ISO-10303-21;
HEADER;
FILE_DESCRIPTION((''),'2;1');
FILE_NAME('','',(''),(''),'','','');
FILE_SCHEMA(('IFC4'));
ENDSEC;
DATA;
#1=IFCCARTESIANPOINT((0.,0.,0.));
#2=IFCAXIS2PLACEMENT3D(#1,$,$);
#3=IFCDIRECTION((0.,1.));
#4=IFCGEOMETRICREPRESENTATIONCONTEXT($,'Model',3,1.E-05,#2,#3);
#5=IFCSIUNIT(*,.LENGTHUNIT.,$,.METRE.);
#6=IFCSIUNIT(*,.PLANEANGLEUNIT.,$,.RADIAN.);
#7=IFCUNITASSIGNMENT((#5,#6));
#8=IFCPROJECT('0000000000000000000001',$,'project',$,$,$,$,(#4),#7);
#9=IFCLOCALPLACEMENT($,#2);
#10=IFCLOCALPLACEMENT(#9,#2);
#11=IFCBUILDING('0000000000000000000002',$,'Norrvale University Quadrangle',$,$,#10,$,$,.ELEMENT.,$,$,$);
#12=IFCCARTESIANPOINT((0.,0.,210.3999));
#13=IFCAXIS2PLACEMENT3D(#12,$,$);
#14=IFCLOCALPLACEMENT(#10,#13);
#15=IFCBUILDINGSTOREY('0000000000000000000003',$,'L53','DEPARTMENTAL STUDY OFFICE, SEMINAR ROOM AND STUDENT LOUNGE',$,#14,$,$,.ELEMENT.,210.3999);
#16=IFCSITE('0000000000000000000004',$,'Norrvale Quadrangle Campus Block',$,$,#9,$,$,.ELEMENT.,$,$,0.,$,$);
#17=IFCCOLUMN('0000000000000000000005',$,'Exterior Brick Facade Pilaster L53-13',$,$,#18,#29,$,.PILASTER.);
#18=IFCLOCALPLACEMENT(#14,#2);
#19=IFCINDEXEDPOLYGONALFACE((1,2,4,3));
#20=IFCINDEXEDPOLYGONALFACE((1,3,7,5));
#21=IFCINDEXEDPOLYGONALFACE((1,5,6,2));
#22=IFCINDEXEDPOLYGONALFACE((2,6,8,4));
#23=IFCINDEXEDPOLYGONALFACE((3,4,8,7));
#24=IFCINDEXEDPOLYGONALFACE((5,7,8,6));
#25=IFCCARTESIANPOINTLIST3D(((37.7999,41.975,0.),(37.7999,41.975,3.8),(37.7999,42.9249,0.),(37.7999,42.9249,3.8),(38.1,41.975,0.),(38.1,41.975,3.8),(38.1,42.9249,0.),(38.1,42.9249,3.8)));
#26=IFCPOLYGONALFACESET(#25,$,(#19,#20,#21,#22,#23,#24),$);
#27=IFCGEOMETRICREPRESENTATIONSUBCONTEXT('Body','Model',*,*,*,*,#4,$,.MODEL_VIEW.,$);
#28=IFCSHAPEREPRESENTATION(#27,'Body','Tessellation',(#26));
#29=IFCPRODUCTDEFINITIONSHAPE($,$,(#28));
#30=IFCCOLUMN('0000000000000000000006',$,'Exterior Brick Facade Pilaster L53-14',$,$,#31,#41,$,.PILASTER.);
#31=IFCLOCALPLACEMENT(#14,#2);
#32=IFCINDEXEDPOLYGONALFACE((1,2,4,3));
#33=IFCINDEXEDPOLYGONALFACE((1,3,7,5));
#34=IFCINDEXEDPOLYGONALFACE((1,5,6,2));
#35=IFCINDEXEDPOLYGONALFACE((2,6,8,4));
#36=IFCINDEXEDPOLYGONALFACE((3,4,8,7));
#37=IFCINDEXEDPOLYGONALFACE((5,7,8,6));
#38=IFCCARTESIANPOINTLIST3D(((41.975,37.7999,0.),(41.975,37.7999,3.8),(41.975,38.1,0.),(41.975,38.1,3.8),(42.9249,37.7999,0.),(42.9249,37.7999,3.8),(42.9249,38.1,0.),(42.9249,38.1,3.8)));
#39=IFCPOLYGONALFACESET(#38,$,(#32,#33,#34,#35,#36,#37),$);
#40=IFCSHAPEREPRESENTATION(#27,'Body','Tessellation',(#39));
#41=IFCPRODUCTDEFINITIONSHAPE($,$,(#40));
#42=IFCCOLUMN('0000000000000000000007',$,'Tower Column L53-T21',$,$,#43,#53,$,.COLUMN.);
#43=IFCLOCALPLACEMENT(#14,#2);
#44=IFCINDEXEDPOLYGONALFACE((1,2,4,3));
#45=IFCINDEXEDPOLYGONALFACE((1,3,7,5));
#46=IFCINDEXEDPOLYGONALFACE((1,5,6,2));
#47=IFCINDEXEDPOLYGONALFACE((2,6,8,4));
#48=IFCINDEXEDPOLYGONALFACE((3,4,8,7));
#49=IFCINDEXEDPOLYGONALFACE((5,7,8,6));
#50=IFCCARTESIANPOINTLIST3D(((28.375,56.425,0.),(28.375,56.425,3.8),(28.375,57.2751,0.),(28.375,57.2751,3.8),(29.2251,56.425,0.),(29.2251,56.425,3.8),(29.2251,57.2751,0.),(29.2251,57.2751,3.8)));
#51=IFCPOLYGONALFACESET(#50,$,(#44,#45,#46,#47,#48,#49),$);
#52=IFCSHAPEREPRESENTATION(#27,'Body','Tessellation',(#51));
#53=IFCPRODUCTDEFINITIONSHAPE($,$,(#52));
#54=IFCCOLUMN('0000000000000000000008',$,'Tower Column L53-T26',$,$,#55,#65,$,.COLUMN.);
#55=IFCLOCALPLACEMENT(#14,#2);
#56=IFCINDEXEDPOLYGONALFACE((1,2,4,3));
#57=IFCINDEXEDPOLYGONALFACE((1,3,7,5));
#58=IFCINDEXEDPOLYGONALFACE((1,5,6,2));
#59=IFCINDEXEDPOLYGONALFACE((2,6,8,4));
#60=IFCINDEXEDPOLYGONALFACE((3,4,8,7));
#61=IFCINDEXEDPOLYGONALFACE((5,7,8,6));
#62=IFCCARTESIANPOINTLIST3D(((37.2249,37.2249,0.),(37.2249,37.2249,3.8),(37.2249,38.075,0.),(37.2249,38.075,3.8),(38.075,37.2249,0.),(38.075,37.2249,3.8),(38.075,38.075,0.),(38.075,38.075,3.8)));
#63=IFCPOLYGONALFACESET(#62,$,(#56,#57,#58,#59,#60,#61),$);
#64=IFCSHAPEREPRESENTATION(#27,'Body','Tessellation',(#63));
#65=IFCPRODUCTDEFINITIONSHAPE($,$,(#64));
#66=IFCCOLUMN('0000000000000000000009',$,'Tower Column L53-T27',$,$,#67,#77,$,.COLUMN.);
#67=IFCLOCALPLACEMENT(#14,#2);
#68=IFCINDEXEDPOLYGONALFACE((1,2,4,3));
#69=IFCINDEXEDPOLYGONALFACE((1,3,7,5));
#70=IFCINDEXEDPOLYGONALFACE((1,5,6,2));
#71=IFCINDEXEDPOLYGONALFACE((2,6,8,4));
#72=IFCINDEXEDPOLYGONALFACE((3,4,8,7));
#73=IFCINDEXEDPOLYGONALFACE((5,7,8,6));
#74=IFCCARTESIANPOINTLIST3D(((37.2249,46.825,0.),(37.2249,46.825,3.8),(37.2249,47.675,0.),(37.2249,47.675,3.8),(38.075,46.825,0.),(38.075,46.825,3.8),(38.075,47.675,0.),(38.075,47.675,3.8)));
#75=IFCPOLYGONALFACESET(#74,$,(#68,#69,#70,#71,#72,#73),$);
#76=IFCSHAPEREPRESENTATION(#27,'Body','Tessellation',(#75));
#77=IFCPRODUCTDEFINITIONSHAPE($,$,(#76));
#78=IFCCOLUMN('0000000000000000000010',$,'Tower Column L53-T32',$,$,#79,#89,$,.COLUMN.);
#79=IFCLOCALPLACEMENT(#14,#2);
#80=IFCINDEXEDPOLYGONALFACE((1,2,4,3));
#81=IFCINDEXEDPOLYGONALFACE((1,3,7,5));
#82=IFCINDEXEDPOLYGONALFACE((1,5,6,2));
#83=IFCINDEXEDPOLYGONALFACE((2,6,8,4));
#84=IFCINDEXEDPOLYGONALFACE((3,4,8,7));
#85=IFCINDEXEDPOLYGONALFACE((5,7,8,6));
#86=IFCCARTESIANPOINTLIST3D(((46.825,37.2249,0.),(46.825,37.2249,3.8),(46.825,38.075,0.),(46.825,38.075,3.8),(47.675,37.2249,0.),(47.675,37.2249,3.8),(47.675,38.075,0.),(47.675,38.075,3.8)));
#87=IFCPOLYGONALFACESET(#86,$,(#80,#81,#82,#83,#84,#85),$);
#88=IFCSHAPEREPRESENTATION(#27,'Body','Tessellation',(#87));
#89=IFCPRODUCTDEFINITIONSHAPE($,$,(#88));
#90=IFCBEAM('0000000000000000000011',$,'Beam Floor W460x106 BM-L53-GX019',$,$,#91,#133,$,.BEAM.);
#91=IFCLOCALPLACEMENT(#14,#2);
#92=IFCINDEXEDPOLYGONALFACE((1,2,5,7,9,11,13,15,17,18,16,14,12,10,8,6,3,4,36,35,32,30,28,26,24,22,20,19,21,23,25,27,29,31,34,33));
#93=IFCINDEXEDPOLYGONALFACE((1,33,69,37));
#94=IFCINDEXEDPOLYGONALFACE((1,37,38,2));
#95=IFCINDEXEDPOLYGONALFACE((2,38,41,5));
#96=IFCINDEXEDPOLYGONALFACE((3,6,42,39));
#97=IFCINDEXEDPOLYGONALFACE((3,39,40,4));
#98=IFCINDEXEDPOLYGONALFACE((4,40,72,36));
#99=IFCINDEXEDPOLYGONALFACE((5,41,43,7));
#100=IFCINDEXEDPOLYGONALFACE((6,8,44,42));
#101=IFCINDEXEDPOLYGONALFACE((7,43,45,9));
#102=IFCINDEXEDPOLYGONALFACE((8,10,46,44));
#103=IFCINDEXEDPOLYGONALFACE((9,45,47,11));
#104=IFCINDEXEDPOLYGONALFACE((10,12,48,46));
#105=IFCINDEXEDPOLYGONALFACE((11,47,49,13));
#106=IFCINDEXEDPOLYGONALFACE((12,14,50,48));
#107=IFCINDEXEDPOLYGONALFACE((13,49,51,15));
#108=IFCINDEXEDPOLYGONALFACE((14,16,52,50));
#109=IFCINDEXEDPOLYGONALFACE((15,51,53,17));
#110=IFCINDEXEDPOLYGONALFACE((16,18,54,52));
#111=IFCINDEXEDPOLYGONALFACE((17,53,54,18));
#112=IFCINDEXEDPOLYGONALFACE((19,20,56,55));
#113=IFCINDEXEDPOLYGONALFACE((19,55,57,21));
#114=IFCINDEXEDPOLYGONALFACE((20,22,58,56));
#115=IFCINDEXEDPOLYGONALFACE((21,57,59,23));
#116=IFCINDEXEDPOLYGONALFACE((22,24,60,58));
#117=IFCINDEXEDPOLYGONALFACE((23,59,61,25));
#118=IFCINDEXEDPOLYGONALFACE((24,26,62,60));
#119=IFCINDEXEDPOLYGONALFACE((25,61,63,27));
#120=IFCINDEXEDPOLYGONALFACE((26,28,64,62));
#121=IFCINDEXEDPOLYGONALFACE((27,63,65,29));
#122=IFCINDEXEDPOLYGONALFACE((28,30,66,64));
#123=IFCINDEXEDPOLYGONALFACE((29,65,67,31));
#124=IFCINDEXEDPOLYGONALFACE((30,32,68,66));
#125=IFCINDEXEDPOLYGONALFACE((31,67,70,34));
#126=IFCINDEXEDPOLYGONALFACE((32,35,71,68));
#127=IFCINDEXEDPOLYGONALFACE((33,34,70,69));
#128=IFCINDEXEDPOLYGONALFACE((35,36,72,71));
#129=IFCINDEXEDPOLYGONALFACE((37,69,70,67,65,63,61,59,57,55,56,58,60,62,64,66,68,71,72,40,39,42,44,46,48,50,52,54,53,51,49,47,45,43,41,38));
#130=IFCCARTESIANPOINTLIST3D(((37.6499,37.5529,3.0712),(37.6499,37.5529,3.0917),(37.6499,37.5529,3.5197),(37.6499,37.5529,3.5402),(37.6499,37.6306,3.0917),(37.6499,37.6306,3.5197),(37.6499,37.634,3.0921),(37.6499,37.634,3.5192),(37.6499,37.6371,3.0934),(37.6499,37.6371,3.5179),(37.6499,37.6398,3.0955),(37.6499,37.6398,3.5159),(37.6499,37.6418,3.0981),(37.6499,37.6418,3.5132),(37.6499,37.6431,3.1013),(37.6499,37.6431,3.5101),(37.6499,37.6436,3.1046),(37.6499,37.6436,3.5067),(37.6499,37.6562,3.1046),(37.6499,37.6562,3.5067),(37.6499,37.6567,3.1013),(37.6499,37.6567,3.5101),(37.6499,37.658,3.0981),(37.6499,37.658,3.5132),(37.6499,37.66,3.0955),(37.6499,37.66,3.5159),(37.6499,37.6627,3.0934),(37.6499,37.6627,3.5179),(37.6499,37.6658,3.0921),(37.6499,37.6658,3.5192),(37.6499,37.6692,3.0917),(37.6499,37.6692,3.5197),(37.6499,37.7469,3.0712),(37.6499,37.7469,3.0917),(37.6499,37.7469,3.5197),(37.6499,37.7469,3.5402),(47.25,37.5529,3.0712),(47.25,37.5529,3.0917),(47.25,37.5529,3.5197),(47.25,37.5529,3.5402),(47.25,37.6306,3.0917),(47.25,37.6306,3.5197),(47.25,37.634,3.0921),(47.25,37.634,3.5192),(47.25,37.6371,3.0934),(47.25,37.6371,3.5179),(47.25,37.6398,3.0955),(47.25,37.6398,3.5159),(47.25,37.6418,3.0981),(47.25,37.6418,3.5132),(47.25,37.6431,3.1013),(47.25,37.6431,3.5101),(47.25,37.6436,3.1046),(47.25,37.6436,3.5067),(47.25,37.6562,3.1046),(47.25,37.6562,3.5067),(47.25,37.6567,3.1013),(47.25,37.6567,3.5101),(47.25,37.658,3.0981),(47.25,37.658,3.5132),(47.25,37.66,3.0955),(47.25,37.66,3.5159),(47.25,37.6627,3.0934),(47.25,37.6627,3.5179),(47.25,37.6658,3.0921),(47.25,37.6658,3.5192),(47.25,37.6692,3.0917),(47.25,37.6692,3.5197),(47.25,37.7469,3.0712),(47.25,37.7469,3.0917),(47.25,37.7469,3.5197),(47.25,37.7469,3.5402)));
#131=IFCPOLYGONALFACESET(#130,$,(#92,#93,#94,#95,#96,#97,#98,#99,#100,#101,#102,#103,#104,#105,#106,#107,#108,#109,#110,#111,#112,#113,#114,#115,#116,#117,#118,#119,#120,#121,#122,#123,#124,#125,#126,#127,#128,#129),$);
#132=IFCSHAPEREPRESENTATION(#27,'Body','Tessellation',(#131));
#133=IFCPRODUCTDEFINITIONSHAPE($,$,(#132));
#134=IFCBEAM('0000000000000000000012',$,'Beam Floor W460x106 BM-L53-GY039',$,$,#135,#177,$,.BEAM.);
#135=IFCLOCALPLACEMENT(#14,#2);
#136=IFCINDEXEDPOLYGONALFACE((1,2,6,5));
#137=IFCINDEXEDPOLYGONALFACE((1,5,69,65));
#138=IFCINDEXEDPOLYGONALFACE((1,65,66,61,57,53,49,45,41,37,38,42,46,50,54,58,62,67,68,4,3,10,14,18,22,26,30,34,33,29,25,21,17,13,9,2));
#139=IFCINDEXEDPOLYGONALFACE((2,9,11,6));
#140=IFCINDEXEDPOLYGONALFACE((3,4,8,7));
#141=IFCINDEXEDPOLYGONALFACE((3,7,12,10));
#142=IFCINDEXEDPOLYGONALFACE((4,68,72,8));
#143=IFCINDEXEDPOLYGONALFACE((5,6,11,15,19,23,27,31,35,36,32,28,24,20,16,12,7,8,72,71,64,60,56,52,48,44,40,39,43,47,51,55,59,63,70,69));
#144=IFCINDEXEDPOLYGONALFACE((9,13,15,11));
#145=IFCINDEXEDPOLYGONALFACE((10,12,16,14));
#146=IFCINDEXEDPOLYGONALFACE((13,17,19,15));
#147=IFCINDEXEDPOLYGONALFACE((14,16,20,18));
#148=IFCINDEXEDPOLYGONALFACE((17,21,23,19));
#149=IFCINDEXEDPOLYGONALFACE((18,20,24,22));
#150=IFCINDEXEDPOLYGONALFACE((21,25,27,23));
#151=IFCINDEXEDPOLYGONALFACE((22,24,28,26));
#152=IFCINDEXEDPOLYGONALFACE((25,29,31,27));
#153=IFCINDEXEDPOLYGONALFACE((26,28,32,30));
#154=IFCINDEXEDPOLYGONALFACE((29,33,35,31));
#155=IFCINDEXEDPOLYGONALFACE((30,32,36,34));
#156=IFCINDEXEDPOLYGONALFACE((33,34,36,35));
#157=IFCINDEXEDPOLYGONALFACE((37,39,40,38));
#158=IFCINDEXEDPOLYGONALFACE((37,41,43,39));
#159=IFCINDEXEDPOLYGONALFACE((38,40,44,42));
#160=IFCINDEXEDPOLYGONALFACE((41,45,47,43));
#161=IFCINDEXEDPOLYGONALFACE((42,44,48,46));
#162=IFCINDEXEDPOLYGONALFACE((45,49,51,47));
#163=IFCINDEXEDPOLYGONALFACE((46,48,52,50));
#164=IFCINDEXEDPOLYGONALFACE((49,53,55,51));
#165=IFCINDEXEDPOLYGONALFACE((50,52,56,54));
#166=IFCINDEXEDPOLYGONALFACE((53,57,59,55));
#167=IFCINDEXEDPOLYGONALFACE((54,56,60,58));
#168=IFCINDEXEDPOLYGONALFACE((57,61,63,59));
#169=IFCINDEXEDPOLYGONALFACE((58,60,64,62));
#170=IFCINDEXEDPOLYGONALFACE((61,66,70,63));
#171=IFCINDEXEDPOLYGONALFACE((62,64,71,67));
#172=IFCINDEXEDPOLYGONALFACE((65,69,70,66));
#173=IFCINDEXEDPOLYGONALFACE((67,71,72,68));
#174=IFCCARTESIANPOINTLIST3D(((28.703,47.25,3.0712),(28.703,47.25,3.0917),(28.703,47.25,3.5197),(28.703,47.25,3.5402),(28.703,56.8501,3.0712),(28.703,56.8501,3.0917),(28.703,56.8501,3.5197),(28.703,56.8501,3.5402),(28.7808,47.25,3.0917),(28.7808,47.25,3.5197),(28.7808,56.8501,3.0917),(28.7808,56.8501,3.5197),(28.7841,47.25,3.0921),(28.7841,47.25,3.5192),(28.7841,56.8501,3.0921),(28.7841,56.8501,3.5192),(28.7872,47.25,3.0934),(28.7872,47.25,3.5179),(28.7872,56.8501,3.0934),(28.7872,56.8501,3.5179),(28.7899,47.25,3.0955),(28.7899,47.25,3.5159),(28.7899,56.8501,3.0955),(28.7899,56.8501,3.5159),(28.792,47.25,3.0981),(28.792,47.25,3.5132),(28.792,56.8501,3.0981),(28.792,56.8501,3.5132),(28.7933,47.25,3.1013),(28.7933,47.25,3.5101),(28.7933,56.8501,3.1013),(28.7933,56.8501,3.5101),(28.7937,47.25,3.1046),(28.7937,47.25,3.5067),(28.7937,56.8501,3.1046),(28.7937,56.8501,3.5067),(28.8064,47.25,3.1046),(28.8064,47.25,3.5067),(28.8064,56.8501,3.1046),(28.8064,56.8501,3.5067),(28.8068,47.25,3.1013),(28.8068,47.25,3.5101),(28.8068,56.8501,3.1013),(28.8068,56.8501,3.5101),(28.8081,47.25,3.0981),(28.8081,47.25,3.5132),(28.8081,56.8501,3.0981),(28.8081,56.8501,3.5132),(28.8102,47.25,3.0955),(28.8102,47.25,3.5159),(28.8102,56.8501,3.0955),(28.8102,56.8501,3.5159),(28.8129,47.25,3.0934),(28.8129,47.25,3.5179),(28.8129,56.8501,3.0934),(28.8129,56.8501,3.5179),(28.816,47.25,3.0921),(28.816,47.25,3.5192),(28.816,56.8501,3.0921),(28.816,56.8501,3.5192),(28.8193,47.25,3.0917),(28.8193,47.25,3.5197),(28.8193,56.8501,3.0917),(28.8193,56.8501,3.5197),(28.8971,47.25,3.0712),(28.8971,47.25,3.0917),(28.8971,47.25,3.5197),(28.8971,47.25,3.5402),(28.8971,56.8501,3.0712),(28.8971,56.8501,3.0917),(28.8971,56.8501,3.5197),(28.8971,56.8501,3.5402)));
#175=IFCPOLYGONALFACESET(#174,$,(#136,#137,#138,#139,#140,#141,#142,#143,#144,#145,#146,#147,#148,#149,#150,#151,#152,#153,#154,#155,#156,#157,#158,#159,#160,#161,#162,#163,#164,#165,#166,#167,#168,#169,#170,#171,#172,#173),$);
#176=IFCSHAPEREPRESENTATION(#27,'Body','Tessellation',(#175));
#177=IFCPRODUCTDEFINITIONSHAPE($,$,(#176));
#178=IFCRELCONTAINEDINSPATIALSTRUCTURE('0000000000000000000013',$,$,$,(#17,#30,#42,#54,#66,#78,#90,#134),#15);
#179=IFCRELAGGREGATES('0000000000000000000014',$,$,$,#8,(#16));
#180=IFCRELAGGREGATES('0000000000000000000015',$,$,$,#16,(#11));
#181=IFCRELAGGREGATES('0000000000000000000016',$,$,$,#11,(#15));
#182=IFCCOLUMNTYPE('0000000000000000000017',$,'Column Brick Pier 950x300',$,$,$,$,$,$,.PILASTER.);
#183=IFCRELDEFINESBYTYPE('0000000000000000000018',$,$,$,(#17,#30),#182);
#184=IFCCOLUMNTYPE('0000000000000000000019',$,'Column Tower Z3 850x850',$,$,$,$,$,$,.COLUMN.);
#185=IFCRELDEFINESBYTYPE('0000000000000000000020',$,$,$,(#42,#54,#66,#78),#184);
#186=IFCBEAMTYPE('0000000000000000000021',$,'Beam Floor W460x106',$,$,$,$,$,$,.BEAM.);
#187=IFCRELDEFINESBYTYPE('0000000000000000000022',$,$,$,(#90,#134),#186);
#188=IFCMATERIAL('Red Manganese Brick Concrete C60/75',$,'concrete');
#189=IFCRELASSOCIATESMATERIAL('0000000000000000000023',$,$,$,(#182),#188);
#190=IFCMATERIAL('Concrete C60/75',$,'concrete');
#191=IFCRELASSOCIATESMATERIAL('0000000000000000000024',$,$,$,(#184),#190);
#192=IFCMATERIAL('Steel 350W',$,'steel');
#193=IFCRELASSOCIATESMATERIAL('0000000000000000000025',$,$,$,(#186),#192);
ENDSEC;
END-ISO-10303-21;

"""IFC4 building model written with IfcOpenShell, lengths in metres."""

from ifc_helpers import new_model, si_unit, direction, frame, origin, origin_2d, place, context, subcontext, project, spatial, rectangle, i_section, extrude, material, material_profile, profile_set, type_object, element, save


model = new_model("IFC4")

# Units and contexts
model_context = context("Model", 3, precision=1e-05, world=origin(), true_north=direction((0.0, 1.0)))
body_context = subcontext(model_context, "Body", "Model", "MODEL_VIEW")
ifc_project = project(units=[si_unit("LENGTHUNIT", "METRE"), si_unit("PLANEANGLEUNIT", "RADIAN")], contexts=[model_context])

# Site, building, storey
site_placement = place(None, origin())
site = spatial("IfcSite", under=ifc_project, at=site_placement, Name="Norrvale Quadrangle Campus Block", CompositionType="ELEMENT", RefElevation=0.0)
building_placement = place(site_placement, origin())
building = spatial("IfcBuilding", under=site, at=building_placement, Name="Norrvale University Quadrangle", CompositionType="ELEMENT")
storey_placement = place(building_placement, frame((0.0, 0.0, 210.3999)))
storey = spatial("IfcBuildingStorey", under=building, at=storey_placement, Name="L53", Description="DEPARTMENTAL STUDY OFFICE, SEMINAR ROOM AND STUDENT LOUNGE", CompositionType="ELEMENT", Elevation=210.3999)

# Columns
ifc_material_1 = material(Name="Red Manganese Brick Concrete C60/75", Category="concrete")
ifc_material_profile_1 = material_profile(ifc_material_1, rectangle(XDim=0.95, YDim=0.3, at=origin_2d()), Name="Red Manganese Brick Concrete C60/75")
ifc_profile_set_1 = profile_set([ifc_material_profile_1], Name="Red Manganese Brick Concrete C60/75")
column_type_1 = type_object("IfcColumnType", Name="Column Brick Pier 950x300", PredefinedType="PILASTER", material=ifc_profile_set_1)
for number, where, z_axis, x_axis, name in (
    (1, (37.95, 42.45, 0.0), (0.0, 0.0, 1.0), (0.0, 1.0, 0.0), "Exterior Brick Facade Pilaster L53-13"),
    (2, (42.45, 37.95, 0.0), (0.0, 0.0, 1.0), (1.0, 0.0, 0.0), "Exterior Brick Facade Pilaster L53-14"),
):
    element("IfcColumn", number, at=place(storey_placement, frame(where, z_axis=z_axis, x_axis=x_axis)), inside=storey, type_object=column_type_1, Name=name, PredefinedType="PILASTER", context=body_context, shape_type="SweptSolid", body=[
        extrude(rectangle(XDim=0.95, YDim=0.3, at=origin_2d()), origin(), (0.0, 0.0, 1.0), 3.8),
    ])
ifc_material_2 = material(Name="Concrete C60/75", Category="concrete")
ifc_material_profile_2 = material_profile(ifc_material_2, rectangle(XDim=0.8501, YDim=0.8501, at=origin_2d()), Name="Concrete C60/75")
ifc_profile_set_2 = profile_set([ifc_material_profile_2], Name="Concrete C60/75")
column_type_2 = type_object("IfcColumnType", Name="Column Tower Z3 850x850", PredefinedType="COLUMN", material=ifc_profile_set_2)
for number, where, z_axis, x_axis, name in (
    (3, (28.8, 56.8501, 0.0), (0.0, 0.0, 1.0), (1.0, 0.0, 0.0), "Tower Column L53-T21"),
    (4, (37.6499, 37.6499, 0.0), (0.0, 0.0, 1.0), (1.0, 0.0, 0.0), "Tower Column L53-T26"),
    (5, (37.6499, 47.25, 0.0), (0.0, 0.0, 1.0), (1.0, 0.0, 0.0), "Tower Column L53-T27"),
    (6, (47.25, 37.6499, 0.0), (0.0, 0.0, 1.0), (1.0, 0.0, 0.0), "Tower Column L53-T32"),
):
    element("IfcColumn", number, at=place(storey_placement, frame(where, z_axis=z_axis, x_axis=x_axis)), inside=storey, type_object=column_type_2, Name=name, PredefinedType="COLUMN", context=body_context, shape_type="SweptSolid", body=[
        extrude(rectangle(XDim=0.8501, YDim=0.8501, at=origin_2d()), origin(), (0.0, 0.0, 1.0), 3.8),
    ])

# Beams
ifc_material_3 = material(Name="Steel 350W", Category="steel")
ifc_material_profile_3 = material_profile(ifc_material_3, i_section(OverallWidth=0.1941, OverallDepth=0.469, WebThickness=0.0127, FlangeThickness=0.0205, FilletRadius=0.0129, at=origin_2d()), Name="Steel 350W")
ifc_profile_set_3 = profile_set([ifc_material_profile_3], Name="Steel 350W")
beam_type_1 = type_object("IfcBeamType", Name="Beam Floor W460x106", PredefinedType="BEAM", material=ifc_profile_set_3)
for number, where, z_axis, x_axis, name in (
    (7, (37.6499, 37.6499, 3.3057), (1.0, 0.0, 0.0), (0.0, 1.0, 0.0), "Beam Floor W460x106 BM-L53-GX019"),
    (8, (28.8, 47.25, 3.3057), (0.0, 1.0, 0.0), (-1.0, 0.0, 0.0), "Beam Floor W460x106 BM-L53-GY039"),
):
    element("IfcBeam", number, at=place(storey_placement, frame(where, z_axis=z_axis, x_axis=x_axis)), inside=storey, type_object=beam_type_1, Name=name, PredefinedType="BEAM", context=body_context, shape_type="SweptSolid", body=[
        extrude(i_section(OverallWidth=0.1941, OverallDepth=0.469, WebThickness=0.0127, FlangeThickness=0.0205, FilletRadius=0.0129, at=origin_2d()), origin(), (0.0, 0.0, 1.0), 9.6001),
    ])

save(model, "model.ifc")
